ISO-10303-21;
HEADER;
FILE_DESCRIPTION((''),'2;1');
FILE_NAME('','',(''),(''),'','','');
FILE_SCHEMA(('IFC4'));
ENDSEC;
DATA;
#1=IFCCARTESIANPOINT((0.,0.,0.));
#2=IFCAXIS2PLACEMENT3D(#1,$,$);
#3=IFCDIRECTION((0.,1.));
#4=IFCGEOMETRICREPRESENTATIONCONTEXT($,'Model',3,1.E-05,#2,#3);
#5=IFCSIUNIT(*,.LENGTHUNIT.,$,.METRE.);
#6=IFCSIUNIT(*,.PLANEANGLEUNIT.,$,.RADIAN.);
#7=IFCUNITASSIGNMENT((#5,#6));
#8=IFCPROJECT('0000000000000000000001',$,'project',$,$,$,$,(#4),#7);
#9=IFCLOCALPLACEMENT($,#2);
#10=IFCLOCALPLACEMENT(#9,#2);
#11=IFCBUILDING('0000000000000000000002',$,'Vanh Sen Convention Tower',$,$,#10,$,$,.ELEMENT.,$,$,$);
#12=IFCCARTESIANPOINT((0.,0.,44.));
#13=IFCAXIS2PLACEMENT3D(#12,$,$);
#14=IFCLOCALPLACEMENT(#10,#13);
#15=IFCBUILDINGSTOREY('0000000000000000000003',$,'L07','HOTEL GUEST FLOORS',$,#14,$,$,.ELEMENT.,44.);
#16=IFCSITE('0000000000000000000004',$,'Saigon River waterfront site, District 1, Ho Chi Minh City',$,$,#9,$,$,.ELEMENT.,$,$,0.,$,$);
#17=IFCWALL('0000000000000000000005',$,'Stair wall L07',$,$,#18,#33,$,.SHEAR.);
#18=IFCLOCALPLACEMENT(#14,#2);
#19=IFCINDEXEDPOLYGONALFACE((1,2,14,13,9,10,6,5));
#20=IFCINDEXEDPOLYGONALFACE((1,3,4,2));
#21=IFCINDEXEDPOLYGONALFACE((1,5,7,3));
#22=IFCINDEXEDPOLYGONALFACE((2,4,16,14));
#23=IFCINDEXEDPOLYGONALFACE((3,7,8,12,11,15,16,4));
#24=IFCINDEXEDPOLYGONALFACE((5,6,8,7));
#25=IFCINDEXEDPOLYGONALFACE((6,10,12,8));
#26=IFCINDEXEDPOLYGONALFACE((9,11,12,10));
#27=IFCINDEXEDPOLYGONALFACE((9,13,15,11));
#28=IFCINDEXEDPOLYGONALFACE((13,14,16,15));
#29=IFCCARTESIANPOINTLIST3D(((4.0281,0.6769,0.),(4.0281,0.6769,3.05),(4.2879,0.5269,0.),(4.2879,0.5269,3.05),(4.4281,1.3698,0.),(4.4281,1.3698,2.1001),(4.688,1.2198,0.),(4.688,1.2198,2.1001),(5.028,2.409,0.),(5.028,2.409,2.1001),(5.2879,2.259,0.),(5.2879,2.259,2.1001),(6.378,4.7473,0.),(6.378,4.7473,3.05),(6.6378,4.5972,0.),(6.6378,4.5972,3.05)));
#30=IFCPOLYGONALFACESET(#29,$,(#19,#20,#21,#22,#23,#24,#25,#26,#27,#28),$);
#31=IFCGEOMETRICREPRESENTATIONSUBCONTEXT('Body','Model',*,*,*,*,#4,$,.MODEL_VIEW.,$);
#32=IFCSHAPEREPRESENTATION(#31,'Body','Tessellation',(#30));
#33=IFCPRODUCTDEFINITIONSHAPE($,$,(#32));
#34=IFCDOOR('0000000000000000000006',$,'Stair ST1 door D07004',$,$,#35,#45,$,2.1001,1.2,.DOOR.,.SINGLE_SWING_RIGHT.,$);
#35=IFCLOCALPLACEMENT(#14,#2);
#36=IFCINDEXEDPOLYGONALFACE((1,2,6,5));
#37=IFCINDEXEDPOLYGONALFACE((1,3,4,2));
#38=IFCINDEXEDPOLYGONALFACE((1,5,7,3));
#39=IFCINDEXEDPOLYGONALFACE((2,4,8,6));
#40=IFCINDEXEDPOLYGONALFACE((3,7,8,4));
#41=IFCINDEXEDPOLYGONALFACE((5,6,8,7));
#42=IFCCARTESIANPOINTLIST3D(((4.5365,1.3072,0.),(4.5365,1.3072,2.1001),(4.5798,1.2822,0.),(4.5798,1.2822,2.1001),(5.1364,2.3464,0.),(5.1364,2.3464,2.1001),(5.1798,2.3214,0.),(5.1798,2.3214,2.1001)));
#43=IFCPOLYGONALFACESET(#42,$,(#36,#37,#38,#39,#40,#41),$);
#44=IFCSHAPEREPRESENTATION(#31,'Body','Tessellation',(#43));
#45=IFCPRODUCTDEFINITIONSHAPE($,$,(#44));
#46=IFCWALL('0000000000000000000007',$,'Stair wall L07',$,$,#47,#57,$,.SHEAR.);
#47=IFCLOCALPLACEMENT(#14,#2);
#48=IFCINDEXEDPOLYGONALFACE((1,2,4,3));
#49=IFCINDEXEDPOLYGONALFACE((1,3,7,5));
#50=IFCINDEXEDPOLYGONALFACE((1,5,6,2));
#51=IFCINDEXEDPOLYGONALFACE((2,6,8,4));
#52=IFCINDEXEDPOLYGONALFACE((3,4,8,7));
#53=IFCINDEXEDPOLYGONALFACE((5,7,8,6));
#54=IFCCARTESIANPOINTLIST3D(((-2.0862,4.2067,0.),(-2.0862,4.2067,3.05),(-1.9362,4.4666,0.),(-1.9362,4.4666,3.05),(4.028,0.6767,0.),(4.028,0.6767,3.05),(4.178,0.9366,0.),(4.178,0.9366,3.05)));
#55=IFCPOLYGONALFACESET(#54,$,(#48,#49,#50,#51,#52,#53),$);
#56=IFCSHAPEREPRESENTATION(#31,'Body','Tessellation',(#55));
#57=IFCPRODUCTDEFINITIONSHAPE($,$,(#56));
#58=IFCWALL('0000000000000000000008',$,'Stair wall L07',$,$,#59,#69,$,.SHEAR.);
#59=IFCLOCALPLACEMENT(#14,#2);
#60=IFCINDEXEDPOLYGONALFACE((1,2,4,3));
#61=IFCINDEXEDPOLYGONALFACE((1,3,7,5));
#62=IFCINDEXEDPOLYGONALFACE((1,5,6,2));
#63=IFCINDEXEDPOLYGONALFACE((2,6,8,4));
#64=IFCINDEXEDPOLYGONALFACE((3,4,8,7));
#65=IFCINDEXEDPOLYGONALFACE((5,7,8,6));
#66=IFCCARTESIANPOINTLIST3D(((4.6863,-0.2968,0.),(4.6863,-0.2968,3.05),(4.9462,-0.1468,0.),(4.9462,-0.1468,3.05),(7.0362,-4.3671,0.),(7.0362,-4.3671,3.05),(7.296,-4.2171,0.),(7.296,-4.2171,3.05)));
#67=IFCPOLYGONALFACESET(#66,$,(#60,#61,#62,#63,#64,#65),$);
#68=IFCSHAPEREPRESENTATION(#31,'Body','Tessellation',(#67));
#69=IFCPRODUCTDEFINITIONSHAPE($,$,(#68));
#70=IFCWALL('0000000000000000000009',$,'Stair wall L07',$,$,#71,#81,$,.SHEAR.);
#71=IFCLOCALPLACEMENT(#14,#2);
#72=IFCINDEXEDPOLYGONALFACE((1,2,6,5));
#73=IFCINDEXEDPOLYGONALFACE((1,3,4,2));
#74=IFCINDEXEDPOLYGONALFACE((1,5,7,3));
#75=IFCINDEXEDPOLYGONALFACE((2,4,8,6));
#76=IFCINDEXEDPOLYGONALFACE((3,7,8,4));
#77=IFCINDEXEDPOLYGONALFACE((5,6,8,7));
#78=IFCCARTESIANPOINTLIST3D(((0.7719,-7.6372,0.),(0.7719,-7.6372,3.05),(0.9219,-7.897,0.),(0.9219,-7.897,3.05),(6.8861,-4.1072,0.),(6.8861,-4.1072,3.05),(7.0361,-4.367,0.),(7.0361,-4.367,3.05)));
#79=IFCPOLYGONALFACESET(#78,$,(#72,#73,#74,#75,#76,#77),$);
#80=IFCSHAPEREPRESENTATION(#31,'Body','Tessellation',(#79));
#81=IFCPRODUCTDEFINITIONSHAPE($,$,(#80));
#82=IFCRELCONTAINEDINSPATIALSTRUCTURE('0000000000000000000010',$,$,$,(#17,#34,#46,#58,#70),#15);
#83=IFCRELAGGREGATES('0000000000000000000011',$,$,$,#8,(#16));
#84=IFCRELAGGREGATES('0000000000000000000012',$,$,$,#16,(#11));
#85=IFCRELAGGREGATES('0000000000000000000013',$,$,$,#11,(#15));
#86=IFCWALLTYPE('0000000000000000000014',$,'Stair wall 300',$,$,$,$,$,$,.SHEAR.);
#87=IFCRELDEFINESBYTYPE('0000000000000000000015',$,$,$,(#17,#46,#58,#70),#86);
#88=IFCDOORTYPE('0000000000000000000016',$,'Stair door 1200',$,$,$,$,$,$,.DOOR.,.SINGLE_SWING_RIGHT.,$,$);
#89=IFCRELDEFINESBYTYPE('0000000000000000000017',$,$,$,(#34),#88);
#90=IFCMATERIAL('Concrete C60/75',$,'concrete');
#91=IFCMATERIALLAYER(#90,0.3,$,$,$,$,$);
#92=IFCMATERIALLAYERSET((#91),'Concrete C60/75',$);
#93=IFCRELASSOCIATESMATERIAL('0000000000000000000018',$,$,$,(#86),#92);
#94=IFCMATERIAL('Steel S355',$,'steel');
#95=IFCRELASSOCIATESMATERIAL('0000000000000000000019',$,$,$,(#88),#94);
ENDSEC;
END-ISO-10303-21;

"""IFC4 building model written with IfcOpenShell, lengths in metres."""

from ifc_helpers import new_model, si_unit, direction, frame, frame_2d, origin, place, context, subcontext, project, spatial, rectangle, extrude, material, layer, layer_set, type_object, element, fill, save


model = new_model("IFC4")

# Units and contexts
model_context = context("Model", 3, precision=1e-05, world=origin(), true_north=direction((0.0, 1.0)))
body_context = subcontext(model_context, "Body", "Model", "MODEL_VIEW")
ifc_project = project(units=[si_unit("LENGTHUNIT", "METRE"), si_unit("PLANEANGLEUNIT", "RADIAN")], contexts=[model_context])

# Site, building, storey
site_placement = place(None, origin())
site = spatial("IfcSite", under=ifc_project, at=site_placement, Name="Saigon River waterfront site, District 1, Ho Chi Minh City", CompositionType="ELEMENT", RefElevation=0.0)
building_placement = place(site_placement, origin())
building = spatial("IfcBuilding", under=site, at=building_placement, Name="Vanh Sen Convention Tower", CompositionType="ELEMENT")
storey_placement = place(building_placement, frame((0.0, 0.0, 44.0)))
storey = spatial("IfcBuildingStorey", under=building, at=storey_placement, Name="L07", Description="HOTEL GUEST FLOORS", CompositionType="ELEMENT", Elevation=44.0)

# Shared definitions
ifc_material_1 = material(Name="Steel S355", Category="steel")

# Wall, opening, door
ifc_material_2 = material(Name="Concrete C60/75", Category="concrete")
ifc_layer_1 = layer(ifc_material_2, 0.3)
ifc_layer_set_1 = layer_set([ifc_layer_1], Name="Concrete C60/75")
wall_type_1 = type_object("IfcWallType", Name="Stair wall 300", PredefinedType="SHEAR", material=ifc_layer_set_1)
wall_1_placement = place(storey_placement, frame((4.158, 0.6018, 0.0), z_axis=(0.0, 0.0, 1.0), x_axis=(0.499977, 0.866039, 0.0)))
wall_1 = element("IfcWall", 1, at=wall_1_placement, inside=storey, type_object=wall_type_1, Name="Stair wall L07", PredefinedType="SHEAR", context=body_context, shape_type="SweptSolid", body=[
    extrude(rectangle(XDim=4.7, YDim=0.3, at=frame_2d((2.3501, 0.0))), origin(), (0.0, 0.0, 1.0), 3.05),
])
opening_1_placement = place(wall_1_placement, frame((0.8, 0.0, 0.0)))
opening_1 = element("IfcOpeningElement", 2, at=opening_1_placement, cuts=wall_1, PredefinedType="OPENING", context=body_context, shape_type="SweptSolid", body=[
    extrude(rectangle(XDim=1.2, YDim=2.1001, at=frame_2d((0.6001, 1.05))), frame((0.0, 0.1599, 0.0), z_axis=(0.0, -1.0, 0.0), x_axis=(1.0, 0.0, 0.0)), (0.0, 0.0, 1.0), 0.3201),
])
door_type_1 = type_object("IfcDoorType", Name="Stair door 1200", OperationType="SINGLE_SWING_RIGHT", PredefinedType="DOOR", material=ifc_material_1)
door_1_placement = place(opening_1_placement, origin())
door_1 = element("IfcDoor", 3, at=door_1_placement, inside=storey, type_object=door_type_1, Name="Stair ST1 door D07004", OperationType="SINGLE_SWING_RIGHT", OverallHeight=2.1001, OverallWidth=1.2, PredefinedType="DOOR", context=body_context, shape_type="SweptSolid", body=[
    extrude(rectangle(XDim=1.2, YDim=2.1001, at=frame_2d((0.6001, 1.05))), frame((0.0, 0.0249, 0.0), z_axis=(0.0, -1.0, 0.0), x_axis=(1.0, 0.0, 0.0)), (0.0, 0.0, 1.0), 0.05),
])
fill(opening_1, door_1)

# Walls
wall_2_placement = place(storey_placement, frame((4.103, 0.8066, 0.0), z_axis=(0.0, 0.0, 1.0), x_axis=(-0.866028, 0.499996, 0.0)))
element("IfcWall", 4, at=wall_2_placement, inside=storey, type_object=wall_type_1, Name="Stair wall L07", PredefinedType="SHEAR", context=body_context, shape_type="SweptSolid", body=[
    extrude(rectangle(XDim=7.0601, YDim=0.3, at=frame_2d((3.53, 0.0))), origin(), (0.0, 0.0, 1.0), 3.05),
])
wall_3_placement = place(storey_placement, frame((4.8162, -0.2217, 0.0), z_axis=(0.0, 0.0, 1.0), x_axis=(0.499977, -0.866039, 0.0)))
element("IfcWall", 5, at=wall_3_placement, inside=storey, type_object=wall_type_1, Name="Stair wall L07", PredefinedType="SHEAR", context=body_context, shape_type="SweptSolid", body=[
    extrude(rectangle(XDim=4.7, YDim=0.3, at=frame_2d((2.3501, 0.0))), origin(), (0.0, 0.0, 1.0), 3.05),
])
wall_4_placement = place(storey_placement, frame((0.8469, -7.7671, 0.0), z_axis=(0.0, 0.0, 1.0), x_axis=(0.866028, 0.499996, 0.0)))
element("IfcWall", 6, at=wall_4_placement, inside=storey, type_object=wall_type_1, Name="Stair wall L07", PredefinedType="SHEAR", context=body_context, shape_type="SweptSolid", body=[
    extrude(rectangle(XDim=7.0601, YDim=0.3, at=frame_2d((3.53, 0.0))), origin(), (0.0, 0.0, 1.0), 3.05),
])

save(model, "model.ifc")
